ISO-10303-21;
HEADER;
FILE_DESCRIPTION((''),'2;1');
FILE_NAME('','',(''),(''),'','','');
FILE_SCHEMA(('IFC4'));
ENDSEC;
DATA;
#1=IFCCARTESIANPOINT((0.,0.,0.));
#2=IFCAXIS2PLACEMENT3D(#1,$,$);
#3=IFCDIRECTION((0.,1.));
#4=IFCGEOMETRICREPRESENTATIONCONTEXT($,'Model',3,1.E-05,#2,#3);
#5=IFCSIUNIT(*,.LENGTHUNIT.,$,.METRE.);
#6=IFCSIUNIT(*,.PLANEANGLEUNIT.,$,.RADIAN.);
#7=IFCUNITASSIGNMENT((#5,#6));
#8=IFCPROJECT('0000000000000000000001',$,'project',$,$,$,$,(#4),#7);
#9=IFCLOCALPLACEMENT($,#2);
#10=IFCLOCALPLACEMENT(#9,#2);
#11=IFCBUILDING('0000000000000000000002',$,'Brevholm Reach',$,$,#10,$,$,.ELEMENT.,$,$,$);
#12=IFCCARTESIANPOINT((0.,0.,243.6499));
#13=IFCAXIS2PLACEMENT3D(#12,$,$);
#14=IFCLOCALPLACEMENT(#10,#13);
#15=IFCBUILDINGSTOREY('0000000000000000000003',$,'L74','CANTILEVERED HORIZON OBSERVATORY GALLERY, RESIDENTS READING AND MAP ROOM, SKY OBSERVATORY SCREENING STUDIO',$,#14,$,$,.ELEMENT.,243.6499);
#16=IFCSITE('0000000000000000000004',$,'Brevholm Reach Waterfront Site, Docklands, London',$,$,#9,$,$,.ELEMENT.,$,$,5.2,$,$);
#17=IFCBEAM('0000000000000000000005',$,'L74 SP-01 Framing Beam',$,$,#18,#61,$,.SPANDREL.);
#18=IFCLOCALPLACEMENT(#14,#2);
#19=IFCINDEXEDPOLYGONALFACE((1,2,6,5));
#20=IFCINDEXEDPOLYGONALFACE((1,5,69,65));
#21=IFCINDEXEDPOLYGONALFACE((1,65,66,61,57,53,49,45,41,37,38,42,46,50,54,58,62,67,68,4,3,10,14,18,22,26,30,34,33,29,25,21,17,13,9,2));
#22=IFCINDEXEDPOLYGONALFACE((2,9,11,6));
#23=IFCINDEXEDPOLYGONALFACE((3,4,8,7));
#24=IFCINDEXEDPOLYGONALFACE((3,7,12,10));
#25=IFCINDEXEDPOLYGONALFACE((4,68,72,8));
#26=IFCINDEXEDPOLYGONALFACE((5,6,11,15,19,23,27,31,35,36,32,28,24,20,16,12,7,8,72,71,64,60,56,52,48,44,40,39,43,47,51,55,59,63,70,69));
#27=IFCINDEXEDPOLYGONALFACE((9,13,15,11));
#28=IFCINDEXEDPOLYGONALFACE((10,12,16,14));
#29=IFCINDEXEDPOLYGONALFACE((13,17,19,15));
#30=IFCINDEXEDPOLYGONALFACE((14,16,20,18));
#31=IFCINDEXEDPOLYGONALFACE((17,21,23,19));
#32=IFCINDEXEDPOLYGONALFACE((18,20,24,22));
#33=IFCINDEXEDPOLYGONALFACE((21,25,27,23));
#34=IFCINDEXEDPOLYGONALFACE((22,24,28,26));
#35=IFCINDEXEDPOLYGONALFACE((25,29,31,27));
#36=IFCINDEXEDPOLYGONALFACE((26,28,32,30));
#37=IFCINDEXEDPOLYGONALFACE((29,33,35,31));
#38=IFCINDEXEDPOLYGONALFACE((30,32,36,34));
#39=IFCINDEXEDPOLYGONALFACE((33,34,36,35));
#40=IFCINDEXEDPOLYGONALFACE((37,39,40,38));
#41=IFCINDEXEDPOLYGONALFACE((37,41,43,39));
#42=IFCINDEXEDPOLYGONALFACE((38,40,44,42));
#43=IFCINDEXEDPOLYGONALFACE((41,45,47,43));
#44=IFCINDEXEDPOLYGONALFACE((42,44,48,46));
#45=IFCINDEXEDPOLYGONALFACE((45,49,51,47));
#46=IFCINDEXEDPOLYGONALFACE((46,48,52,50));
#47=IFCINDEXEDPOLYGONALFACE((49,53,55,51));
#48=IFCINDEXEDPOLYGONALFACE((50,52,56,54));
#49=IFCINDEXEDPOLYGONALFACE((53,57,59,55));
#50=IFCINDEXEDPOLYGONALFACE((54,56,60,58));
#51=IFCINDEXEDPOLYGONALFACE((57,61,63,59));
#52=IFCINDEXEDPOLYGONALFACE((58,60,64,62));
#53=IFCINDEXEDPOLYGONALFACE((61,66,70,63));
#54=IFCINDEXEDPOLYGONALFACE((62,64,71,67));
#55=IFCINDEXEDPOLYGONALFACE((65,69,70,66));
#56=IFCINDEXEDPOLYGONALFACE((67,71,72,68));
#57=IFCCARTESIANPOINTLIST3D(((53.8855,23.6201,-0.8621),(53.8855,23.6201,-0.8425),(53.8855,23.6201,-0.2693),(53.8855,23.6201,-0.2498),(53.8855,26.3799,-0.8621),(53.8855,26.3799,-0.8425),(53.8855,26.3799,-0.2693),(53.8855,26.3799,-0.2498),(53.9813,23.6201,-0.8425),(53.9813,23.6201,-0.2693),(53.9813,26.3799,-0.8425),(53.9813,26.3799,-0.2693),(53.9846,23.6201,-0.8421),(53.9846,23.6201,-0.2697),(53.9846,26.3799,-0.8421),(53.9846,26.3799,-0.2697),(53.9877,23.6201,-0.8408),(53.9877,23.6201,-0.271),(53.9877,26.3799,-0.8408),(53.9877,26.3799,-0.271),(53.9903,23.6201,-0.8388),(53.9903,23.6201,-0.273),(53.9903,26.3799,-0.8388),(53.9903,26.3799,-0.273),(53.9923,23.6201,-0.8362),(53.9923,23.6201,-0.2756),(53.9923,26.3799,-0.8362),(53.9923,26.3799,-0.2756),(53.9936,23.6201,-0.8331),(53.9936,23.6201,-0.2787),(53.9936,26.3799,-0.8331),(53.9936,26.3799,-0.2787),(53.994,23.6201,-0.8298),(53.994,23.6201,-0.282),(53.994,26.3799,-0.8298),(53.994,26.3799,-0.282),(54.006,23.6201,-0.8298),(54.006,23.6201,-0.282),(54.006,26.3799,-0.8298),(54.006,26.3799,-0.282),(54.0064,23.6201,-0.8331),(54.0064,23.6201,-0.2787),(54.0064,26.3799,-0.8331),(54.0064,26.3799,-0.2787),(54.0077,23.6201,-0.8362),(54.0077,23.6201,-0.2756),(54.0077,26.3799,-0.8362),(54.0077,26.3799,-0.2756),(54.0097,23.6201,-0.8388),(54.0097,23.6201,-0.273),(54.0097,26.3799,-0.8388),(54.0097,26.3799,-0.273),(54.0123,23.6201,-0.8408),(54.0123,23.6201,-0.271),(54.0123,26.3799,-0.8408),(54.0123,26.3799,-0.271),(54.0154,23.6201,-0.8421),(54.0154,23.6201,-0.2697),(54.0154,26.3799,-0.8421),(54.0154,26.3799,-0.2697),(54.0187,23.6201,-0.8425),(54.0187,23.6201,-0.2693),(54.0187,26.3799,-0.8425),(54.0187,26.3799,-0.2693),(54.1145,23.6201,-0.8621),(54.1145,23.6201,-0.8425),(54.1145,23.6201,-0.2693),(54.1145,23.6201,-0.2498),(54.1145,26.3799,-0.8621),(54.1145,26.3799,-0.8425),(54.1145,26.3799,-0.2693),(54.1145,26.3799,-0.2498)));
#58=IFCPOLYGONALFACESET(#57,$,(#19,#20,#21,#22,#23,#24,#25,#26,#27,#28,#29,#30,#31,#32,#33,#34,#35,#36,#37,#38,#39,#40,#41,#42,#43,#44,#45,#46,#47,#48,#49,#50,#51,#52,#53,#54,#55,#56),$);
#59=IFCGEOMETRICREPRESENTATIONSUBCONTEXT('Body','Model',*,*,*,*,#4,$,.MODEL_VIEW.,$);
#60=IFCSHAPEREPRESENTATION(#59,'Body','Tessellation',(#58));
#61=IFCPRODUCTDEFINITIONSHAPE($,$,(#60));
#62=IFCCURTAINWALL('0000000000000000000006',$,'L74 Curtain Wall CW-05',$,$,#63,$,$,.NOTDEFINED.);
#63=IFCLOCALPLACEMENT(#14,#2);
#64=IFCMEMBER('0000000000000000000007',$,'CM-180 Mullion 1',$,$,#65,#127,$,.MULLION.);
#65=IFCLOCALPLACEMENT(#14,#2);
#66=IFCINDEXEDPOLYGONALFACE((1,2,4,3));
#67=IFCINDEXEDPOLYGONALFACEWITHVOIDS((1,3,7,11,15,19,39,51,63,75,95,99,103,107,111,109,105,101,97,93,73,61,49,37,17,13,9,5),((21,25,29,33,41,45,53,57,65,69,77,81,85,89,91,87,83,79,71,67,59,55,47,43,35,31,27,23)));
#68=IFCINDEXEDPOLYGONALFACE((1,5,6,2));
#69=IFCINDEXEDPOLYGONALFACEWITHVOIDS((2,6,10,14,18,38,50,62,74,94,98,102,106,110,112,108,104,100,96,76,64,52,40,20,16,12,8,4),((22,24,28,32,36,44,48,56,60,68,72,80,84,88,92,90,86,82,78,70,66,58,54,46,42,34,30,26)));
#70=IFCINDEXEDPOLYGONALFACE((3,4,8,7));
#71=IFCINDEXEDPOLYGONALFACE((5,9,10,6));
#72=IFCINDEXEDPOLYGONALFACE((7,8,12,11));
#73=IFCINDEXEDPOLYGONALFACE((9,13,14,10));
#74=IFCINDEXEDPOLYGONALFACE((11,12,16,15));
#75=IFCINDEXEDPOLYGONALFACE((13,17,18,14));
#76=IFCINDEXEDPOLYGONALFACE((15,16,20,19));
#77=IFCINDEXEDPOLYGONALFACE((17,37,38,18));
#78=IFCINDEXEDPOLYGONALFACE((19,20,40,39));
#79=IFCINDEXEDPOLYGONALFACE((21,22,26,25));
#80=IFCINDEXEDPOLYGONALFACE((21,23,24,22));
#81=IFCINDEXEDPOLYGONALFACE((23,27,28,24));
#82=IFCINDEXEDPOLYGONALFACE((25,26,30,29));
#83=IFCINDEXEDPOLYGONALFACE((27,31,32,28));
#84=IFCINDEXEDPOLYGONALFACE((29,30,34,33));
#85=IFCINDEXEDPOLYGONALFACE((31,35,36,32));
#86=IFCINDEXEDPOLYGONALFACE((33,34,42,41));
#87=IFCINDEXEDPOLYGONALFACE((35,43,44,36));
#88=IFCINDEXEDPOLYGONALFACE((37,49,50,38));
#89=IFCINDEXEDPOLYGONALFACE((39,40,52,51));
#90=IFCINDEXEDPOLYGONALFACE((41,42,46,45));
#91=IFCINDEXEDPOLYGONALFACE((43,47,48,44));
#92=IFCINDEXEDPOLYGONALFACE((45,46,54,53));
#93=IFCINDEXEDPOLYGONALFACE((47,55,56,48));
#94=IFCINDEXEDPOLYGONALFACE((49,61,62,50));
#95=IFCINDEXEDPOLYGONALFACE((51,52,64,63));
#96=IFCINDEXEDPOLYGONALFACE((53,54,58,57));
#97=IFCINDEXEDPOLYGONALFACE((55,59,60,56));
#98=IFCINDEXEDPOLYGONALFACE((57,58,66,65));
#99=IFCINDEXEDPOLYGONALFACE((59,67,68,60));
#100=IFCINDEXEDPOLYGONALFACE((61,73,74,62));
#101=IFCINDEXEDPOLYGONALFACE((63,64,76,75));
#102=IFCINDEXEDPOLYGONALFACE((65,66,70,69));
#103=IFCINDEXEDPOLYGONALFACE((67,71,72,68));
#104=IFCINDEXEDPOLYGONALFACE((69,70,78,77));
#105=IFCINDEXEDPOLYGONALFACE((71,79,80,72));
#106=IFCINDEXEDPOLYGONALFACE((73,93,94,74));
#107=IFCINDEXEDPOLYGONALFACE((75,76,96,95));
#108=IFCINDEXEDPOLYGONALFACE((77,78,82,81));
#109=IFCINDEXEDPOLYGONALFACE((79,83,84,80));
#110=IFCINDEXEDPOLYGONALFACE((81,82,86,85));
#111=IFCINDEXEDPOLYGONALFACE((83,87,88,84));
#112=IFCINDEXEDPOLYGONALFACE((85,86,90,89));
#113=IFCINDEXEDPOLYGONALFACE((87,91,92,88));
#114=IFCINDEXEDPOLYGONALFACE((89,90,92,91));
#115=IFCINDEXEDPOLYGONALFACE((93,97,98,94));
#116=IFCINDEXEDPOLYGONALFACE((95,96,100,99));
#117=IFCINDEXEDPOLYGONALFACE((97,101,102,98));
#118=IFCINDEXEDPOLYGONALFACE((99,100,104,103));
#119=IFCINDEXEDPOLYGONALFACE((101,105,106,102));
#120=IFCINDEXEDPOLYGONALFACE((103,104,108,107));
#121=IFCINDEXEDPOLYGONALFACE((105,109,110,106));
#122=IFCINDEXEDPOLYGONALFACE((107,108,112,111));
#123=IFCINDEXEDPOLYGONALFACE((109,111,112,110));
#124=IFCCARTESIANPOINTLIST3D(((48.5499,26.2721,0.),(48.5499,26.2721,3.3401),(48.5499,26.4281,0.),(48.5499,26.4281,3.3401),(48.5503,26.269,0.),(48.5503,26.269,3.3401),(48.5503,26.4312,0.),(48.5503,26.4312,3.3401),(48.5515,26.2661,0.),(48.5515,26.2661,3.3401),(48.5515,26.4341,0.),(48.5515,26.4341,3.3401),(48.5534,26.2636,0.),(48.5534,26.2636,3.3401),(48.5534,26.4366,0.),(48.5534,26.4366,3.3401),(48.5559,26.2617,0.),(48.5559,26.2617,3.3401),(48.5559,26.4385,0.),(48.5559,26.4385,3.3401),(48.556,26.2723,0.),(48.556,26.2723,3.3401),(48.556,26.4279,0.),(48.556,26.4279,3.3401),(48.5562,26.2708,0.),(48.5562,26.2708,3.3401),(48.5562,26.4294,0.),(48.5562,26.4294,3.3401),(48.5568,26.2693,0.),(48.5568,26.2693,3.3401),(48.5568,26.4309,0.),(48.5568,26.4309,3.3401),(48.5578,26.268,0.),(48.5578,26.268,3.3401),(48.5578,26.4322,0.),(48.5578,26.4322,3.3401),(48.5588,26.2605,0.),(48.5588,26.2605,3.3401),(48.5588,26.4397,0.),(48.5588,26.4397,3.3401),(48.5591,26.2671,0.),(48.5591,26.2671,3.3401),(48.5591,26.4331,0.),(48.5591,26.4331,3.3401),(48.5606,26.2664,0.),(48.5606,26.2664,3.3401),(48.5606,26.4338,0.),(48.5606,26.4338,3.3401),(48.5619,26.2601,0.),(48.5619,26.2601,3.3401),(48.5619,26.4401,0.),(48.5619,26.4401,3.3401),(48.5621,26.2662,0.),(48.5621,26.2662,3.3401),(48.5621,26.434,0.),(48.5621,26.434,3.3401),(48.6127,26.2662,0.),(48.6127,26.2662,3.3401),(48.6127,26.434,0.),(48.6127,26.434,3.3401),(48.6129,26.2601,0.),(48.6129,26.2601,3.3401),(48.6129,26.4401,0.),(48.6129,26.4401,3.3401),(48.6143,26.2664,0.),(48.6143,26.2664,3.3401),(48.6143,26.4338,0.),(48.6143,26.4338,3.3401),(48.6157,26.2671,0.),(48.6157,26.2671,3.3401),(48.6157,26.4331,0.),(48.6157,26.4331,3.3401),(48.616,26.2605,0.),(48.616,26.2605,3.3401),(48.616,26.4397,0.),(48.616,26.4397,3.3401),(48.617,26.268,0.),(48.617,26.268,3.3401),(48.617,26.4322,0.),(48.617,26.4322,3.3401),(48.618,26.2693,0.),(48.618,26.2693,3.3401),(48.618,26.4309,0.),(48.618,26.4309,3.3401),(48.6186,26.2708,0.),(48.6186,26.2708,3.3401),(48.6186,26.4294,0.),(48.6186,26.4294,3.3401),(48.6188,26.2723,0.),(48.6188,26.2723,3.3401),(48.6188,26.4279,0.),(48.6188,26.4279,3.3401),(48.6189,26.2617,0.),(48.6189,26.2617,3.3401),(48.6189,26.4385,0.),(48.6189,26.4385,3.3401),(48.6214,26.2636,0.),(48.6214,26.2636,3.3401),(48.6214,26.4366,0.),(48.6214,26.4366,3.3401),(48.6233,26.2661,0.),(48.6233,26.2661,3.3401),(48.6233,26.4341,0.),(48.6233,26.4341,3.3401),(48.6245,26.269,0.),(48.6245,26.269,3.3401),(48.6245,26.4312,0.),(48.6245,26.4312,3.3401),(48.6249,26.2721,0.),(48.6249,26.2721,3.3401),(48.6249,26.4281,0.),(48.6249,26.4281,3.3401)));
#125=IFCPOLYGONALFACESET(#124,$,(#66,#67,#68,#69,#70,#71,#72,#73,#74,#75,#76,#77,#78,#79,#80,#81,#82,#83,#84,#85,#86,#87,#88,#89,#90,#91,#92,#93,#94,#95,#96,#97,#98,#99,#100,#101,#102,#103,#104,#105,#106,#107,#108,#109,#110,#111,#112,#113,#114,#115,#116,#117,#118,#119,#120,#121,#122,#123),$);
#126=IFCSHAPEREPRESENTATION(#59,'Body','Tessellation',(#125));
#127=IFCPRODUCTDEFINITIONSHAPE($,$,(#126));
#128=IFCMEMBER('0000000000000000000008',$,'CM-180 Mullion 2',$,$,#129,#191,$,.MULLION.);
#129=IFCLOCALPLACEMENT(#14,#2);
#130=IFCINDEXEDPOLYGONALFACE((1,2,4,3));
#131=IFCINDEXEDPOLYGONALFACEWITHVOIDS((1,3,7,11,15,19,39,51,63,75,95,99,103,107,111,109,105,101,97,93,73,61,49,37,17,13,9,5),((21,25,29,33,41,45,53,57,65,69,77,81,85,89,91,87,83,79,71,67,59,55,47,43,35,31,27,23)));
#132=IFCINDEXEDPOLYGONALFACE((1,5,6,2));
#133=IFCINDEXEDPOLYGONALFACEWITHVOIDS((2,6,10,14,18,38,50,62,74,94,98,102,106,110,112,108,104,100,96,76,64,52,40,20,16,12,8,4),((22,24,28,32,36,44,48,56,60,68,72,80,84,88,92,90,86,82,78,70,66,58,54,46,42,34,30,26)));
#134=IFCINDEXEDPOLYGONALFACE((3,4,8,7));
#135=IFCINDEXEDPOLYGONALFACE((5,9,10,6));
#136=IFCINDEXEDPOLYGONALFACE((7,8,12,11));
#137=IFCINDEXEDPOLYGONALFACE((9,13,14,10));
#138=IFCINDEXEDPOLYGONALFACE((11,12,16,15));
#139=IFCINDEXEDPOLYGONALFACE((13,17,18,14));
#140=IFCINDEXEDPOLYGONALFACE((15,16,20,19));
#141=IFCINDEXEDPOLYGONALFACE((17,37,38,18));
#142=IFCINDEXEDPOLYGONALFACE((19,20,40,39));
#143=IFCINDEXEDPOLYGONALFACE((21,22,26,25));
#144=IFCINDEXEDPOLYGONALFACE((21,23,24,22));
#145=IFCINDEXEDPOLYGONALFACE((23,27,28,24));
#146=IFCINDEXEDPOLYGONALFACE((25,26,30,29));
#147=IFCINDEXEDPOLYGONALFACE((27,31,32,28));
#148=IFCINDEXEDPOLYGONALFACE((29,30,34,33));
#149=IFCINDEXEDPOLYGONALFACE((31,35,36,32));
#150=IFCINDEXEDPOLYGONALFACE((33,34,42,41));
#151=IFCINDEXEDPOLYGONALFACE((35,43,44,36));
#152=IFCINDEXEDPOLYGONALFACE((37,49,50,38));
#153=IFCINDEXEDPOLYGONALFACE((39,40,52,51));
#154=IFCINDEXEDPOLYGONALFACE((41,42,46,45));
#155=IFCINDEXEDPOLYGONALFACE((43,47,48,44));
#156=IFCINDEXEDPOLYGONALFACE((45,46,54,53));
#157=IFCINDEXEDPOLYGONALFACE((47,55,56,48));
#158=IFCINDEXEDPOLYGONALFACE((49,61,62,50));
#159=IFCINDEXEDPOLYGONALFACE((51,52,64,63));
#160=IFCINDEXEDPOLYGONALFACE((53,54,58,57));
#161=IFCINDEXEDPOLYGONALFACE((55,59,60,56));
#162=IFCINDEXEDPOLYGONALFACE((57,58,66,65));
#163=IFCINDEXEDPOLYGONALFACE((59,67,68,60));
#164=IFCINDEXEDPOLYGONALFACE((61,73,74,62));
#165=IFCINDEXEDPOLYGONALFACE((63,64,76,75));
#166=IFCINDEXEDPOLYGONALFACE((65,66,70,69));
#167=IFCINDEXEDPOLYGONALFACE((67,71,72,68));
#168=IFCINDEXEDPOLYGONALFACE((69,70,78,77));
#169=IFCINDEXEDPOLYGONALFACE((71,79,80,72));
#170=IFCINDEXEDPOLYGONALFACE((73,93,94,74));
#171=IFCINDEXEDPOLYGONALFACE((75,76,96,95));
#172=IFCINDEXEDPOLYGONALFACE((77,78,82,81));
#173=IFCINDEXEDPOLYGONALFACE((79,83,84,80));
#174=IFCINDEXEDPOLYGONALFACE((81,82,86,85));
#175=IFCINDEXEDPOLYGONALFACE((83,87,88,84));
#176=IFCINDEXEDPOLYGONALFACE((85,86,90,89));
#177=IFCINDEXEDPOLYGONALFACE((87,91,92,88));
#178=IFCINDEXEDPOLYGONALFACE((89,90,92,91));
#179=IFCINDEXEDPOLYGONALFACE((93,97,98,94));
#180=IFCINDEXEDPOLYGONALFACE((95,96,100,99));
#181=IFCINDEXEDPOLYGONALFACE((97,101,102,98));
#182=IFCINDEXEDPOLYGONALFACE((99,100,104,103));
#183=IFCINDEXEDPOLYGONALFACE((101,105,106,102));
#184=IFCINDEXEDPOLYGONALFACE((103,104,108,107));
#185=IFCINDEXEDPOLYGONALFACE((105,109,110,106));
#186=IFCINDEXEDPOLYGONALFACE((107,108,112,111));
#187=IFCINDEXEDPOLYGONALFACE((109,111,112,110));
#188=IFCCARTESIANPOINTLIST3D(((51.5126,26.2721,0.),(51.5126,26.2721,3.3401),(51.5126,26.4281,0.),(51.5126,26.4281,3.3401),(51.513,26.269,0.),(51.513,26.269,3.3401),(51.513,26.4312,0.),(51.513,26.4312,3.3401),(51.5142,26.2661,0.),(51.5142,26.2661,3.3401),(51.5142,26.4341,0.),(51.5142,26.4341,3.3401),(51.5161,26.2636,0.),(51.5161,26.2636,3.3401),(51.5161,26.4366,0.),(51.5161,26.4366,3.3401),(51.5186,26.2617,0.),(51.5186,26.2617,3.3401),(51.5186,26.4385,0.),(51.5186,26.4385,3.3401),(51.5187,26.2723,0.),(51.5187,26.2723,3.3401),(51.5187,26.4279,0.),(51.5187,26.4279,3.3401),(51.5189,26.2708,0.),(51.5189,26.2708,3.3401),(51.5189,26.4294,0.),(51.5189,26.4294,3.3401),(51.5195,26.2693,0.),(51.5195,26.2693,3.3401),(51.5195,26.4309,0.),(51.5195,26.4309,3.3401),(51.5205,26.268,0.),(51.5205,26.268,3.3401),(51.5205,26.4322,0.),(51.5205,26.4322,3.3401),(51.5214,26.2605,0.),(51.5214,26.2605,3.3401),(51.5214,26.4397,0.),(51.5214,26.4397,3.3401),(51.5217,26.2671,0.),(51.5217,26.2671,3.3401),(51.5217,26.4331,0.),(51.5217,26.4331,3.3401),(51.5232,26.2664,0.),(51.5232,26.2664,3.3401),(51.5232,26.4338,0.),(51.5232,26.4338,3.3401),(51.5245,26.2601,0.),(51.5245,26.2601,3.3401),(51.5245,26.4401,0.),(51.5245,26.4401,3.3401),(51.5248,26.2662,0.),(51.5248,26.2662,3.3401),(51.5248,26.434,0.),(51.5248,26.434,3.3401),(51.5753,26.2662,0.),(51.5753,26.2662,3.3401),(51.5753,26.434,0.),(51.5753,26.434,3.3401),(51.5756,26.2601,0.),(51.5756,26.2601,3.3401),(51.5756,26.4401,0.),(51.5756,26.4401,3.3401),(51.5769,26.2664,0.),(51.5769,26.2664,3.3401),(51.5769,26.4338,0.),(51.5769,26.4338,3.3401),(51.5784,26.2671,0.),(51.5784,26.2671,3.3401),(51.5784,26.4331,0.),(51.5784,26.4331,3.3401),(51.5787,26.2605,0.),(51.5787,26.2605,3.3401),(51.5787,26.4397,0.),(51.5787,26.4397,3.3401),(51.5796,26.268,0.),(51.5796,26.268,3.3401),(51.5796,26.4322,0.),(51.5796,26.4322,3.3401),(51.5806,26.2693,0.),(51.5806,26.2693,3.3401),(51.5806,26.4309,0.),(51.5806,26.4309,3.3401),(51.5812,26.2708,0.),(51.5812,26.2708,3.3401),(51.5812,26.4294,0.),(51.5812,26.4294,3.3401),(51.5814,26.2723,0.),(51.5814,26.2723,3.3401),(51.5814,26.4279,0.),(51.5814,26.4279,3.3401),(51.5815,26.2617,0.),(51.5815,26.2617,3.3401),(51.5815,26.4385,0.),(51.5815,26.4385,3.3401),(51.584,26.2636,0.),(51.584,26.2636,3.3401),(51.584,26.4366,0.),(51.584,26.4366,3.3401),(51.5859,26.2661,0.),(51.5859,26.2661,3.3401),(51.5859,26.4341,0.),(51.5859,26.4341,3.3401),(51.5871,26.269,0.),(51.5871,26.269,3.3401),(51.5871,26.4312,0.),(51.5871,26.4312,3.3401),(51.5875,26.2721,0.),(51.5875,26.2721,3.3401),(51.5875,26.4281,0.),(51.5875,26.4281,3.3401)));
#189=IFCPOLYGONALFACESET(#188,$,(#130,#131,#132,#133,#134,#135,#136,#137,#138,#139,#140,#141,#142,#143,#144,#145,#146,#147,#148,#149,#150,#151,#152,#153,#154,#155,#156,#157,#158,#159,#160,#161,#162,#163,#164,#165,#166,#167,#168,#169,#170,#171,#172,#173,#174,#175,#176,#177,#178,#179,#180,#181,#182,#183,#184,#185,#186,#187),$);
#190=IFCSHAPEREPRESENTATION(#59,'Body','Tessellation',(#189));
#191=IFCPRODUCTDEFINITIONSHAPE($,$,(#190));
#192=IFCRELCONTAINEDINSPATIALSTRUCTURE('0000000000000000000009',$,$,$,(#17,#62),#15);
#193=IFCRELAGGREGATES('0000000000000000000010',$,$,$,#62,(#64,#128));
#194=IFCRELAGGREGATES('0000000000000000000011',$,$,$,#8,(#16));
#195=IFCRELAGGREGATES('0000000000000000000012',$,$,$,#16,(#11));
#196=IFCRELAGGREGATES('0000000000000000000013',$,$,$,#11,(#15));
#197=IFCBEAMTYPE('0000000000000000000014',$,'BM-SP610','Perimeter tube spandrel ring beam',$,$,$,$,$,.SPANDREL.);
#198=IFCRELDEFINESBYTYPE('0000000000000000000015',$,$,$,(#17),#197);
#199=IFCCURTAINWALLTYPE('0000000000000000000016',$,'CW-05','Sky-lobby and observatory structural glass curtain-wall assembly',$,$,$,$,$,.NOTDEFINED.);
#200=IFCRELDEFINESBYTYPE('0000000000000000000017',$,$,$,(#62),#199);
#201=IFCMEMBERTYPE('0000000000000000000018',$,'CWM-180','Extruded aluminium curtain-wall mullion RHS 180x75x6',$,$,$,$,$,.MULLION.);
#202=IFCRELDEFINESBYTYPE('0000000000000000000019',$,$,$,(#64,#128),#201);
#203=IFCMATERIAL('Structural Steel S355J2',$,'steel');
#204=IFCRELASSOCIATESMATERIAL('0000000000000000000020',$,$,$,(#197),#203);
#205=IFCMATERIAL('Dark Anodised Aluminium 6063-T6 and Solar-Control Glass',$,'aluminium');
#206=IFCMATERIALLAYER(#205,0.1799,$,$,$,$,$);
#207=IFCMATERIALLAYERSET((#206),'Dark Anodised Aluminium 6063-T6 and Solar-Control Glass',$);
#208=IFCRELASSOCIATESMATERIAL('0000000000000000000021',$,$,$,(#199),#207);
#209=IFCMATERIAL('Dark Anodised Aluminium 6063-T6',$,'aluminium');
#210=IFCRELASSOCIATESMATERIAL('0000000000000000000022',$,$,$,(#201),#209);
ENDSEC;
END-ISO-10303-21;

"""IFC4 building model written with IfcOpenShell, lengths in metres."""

from ifc_helpers import new_model, si_unit, direction, frame, origin, origin_2d, place, context, subcontext, project, spatial, hollow_rectangle, i_section, extrude, material, layer, layer_set, material_profile, profile_set, type_object, element, aggregate, save


model = new_model("IFC4")

# Units and contexts
model_context = context("Model", 3, precision=1e-05, world=origin(), true_north=direction((0.0, 1.0)))
body_context = subcontext(model_context, "Body", "Model", "MODEL_VIEW")
ifc_project = project(units=[si_unit("LENGTHUNIT", "METRE"), si_unit("PLANEANGLEUNIT", "RADIAN")], contexts=[model_context])

# Site, building, storey
site_placement = place(None, origin())
site = spatial("IfcSite", under=ifc_project, at=site_placement, Name="Brevholm Reach Waterfront Site, Docklands, London", CompositionType="ELEMENT", RefElevation=5.2)
building_placement = place(site_placement, origin())
building = spatial("IfcBuilding", under=site, at=building_placement, Name="Brevholm Reach", CompositionType="ELEMENT")
storey_placement = place(building_placement, frame((0.0, 0.0, 243.6499)))
storey = spatial("IfcBuildingStorey", under=building, at=storey_placement, Name="L74", Description="CANTILEVERED HORIZON OBSERVATORY GALLERY, RESIDENTS READING AND MAP ROOM, SKY OBSERVATORY SCREENING STUDIO", CompositionType="ELEMENT", Elevation=243.6499)

# Beam
ifc_material_1 = material(Name="Structural Steel S355J2", Category="steel")
ifc_material_profile_1 = material_profile(ifc_material_1, i_section(OverallWidth=0.229, OverallDepth=0.6123, WebThickness=0.012, FlangeThickness=0.0195, FilletRadius=0.0127, at=origin_2d()), Name="UKB 610x229x125")
ifc_profile_set_1 = profile_set([ifc_material_profile_1], Name="Structural Steel S355J2")
beam_type_1 = type_object("IfcBeamType", Name="BM-SP610", Description="Perimeter tube spandrel ring beam", PredefinedType="SPANDREL", material=ifc_profile_set_1)
beam_1_placement = place(storey_placement, frame((54.0, 23.6201, -0.5559), z_axis=(0.0, 1.0, 0.0), x_axis=(-1.0, 0.0, 0.0)))
element("IfcBeam", 1, at=beam_1_placement, inside=storey, type_object=beam_type_1, Name="L74 SP-01 Framing Beam", PredefinedType="SPANDREL", context=body_context, shape_type="SweptSolid", body=[
    extrude(i_section(OverallWidth=0.229, OverallDepth=0.6123, WebThickness=0.012, FlangeThickness=0.0195, FilletRadius=0.0127, at=origin_2d()), origin(), (0.0, 0.0, 1.0), 2.7598),
])

# Curtain wall, members
ifc_material_2 = material(Name="Dark Anodised Aluminium 6063-T6 and Solar-Control Glass", Category="aluminium")
ifc_layer_1 = layer(ifc_material_2, 0.1799)
ifc_layer_set_1 = layer_set([ifc_layer_1], Name="Dark Anodised Aluminium 6063-T6 and Solar-Control Glass")
curtain_wall_type = type_object("IfcCurtainWallType", Name="CW-05", Description="Sky-lobby and observatory structural glass curtain-wall assembly", PredefinedType="NOTDEFINED", material=ifc_layer_set_1)
curtain_wall_placement = place(storey_placement, origin())
curtain_wall = element("IfcCurtainWall", 2, at=curtain_wall_placement, inside=storey, type_object=curtain_wall_type, Name="L74 Curtain Wall CW-05", PredefinedType="NOTDEFINED")
ifc_material_3 = material(Name="Dark Anodised Aluminium 6063-T6", Category="aluminium")
ifc_material_profile_2 = material_profile(ifc_material_3, hollow_rectangle(XDim=0.075, YDim=0.1799, WallThickness=0.0061, InnerFilletRadius=0.0061, OuterFilletRadius=0.012, at=origin_2d()), Name="RHS 180x75x6")
ifc_profile_set_2 = profile_set([ifc_material_profile_2], Name="Dark Anodised Aluminium 6063-T6")
member_type_1 = type_object("IfcMemberType", Name="CWM-180", Description="Extruded aluminium curtain-wall mullion RHS 180x75x6", PredefinedType="MULLION", material=ifc_profile_set_2)
member_1_placement = place(storey_placement, frame((48.5874, 26.3501, 0.0), z_axis=(0.0, 0.0, 1.0), x_axis=(1.0, 0.0, 0.0)))
member_1 = element("IfcMember", 3, at=member_1_placement, type_object=member_type_1, Name="CM-180 Mullion 1", PredefinedType="MULLION", context=body_context, shape_type="SweptSolid", body=[
    extrude(hollow_rectangle(XDim=0.075, YDim=0.1799, WallThickness=0.0061, InnerFilletRadius=0.0061, OuterFilletRadius=0.012, at=origin_2d()), origin(), (0.0, 0.0, 1.0), 3.3401),
])
member_2_placement = place(storey_placement, frame((51.55, 26.3501, 0.0), z_axis=(0.0, 0.0, 1.0), x_axis=(1.0, 0.0, 0.0)))
member_2 = element("IfcMember", 4, at=member_2_placement, type_object=member_type_1, Name="CM-180 Mullion 2", PredefinedType="MULLION", context=body_context, shape_type="SweptSolid", body=[
    extrude(hollow_rectangle(XDim=0.075, YDim=0.1799, WallThickness=0.0061, InnerFilletRadius=0.0061, OuterFilletRadius=0.012, at=origin_2d()), origin(), (0.0, 0.0, 1.0), 3.3401),
])
aggregate(curtain_wall, [member_1, member_2])

save(model, "model.ifc")
